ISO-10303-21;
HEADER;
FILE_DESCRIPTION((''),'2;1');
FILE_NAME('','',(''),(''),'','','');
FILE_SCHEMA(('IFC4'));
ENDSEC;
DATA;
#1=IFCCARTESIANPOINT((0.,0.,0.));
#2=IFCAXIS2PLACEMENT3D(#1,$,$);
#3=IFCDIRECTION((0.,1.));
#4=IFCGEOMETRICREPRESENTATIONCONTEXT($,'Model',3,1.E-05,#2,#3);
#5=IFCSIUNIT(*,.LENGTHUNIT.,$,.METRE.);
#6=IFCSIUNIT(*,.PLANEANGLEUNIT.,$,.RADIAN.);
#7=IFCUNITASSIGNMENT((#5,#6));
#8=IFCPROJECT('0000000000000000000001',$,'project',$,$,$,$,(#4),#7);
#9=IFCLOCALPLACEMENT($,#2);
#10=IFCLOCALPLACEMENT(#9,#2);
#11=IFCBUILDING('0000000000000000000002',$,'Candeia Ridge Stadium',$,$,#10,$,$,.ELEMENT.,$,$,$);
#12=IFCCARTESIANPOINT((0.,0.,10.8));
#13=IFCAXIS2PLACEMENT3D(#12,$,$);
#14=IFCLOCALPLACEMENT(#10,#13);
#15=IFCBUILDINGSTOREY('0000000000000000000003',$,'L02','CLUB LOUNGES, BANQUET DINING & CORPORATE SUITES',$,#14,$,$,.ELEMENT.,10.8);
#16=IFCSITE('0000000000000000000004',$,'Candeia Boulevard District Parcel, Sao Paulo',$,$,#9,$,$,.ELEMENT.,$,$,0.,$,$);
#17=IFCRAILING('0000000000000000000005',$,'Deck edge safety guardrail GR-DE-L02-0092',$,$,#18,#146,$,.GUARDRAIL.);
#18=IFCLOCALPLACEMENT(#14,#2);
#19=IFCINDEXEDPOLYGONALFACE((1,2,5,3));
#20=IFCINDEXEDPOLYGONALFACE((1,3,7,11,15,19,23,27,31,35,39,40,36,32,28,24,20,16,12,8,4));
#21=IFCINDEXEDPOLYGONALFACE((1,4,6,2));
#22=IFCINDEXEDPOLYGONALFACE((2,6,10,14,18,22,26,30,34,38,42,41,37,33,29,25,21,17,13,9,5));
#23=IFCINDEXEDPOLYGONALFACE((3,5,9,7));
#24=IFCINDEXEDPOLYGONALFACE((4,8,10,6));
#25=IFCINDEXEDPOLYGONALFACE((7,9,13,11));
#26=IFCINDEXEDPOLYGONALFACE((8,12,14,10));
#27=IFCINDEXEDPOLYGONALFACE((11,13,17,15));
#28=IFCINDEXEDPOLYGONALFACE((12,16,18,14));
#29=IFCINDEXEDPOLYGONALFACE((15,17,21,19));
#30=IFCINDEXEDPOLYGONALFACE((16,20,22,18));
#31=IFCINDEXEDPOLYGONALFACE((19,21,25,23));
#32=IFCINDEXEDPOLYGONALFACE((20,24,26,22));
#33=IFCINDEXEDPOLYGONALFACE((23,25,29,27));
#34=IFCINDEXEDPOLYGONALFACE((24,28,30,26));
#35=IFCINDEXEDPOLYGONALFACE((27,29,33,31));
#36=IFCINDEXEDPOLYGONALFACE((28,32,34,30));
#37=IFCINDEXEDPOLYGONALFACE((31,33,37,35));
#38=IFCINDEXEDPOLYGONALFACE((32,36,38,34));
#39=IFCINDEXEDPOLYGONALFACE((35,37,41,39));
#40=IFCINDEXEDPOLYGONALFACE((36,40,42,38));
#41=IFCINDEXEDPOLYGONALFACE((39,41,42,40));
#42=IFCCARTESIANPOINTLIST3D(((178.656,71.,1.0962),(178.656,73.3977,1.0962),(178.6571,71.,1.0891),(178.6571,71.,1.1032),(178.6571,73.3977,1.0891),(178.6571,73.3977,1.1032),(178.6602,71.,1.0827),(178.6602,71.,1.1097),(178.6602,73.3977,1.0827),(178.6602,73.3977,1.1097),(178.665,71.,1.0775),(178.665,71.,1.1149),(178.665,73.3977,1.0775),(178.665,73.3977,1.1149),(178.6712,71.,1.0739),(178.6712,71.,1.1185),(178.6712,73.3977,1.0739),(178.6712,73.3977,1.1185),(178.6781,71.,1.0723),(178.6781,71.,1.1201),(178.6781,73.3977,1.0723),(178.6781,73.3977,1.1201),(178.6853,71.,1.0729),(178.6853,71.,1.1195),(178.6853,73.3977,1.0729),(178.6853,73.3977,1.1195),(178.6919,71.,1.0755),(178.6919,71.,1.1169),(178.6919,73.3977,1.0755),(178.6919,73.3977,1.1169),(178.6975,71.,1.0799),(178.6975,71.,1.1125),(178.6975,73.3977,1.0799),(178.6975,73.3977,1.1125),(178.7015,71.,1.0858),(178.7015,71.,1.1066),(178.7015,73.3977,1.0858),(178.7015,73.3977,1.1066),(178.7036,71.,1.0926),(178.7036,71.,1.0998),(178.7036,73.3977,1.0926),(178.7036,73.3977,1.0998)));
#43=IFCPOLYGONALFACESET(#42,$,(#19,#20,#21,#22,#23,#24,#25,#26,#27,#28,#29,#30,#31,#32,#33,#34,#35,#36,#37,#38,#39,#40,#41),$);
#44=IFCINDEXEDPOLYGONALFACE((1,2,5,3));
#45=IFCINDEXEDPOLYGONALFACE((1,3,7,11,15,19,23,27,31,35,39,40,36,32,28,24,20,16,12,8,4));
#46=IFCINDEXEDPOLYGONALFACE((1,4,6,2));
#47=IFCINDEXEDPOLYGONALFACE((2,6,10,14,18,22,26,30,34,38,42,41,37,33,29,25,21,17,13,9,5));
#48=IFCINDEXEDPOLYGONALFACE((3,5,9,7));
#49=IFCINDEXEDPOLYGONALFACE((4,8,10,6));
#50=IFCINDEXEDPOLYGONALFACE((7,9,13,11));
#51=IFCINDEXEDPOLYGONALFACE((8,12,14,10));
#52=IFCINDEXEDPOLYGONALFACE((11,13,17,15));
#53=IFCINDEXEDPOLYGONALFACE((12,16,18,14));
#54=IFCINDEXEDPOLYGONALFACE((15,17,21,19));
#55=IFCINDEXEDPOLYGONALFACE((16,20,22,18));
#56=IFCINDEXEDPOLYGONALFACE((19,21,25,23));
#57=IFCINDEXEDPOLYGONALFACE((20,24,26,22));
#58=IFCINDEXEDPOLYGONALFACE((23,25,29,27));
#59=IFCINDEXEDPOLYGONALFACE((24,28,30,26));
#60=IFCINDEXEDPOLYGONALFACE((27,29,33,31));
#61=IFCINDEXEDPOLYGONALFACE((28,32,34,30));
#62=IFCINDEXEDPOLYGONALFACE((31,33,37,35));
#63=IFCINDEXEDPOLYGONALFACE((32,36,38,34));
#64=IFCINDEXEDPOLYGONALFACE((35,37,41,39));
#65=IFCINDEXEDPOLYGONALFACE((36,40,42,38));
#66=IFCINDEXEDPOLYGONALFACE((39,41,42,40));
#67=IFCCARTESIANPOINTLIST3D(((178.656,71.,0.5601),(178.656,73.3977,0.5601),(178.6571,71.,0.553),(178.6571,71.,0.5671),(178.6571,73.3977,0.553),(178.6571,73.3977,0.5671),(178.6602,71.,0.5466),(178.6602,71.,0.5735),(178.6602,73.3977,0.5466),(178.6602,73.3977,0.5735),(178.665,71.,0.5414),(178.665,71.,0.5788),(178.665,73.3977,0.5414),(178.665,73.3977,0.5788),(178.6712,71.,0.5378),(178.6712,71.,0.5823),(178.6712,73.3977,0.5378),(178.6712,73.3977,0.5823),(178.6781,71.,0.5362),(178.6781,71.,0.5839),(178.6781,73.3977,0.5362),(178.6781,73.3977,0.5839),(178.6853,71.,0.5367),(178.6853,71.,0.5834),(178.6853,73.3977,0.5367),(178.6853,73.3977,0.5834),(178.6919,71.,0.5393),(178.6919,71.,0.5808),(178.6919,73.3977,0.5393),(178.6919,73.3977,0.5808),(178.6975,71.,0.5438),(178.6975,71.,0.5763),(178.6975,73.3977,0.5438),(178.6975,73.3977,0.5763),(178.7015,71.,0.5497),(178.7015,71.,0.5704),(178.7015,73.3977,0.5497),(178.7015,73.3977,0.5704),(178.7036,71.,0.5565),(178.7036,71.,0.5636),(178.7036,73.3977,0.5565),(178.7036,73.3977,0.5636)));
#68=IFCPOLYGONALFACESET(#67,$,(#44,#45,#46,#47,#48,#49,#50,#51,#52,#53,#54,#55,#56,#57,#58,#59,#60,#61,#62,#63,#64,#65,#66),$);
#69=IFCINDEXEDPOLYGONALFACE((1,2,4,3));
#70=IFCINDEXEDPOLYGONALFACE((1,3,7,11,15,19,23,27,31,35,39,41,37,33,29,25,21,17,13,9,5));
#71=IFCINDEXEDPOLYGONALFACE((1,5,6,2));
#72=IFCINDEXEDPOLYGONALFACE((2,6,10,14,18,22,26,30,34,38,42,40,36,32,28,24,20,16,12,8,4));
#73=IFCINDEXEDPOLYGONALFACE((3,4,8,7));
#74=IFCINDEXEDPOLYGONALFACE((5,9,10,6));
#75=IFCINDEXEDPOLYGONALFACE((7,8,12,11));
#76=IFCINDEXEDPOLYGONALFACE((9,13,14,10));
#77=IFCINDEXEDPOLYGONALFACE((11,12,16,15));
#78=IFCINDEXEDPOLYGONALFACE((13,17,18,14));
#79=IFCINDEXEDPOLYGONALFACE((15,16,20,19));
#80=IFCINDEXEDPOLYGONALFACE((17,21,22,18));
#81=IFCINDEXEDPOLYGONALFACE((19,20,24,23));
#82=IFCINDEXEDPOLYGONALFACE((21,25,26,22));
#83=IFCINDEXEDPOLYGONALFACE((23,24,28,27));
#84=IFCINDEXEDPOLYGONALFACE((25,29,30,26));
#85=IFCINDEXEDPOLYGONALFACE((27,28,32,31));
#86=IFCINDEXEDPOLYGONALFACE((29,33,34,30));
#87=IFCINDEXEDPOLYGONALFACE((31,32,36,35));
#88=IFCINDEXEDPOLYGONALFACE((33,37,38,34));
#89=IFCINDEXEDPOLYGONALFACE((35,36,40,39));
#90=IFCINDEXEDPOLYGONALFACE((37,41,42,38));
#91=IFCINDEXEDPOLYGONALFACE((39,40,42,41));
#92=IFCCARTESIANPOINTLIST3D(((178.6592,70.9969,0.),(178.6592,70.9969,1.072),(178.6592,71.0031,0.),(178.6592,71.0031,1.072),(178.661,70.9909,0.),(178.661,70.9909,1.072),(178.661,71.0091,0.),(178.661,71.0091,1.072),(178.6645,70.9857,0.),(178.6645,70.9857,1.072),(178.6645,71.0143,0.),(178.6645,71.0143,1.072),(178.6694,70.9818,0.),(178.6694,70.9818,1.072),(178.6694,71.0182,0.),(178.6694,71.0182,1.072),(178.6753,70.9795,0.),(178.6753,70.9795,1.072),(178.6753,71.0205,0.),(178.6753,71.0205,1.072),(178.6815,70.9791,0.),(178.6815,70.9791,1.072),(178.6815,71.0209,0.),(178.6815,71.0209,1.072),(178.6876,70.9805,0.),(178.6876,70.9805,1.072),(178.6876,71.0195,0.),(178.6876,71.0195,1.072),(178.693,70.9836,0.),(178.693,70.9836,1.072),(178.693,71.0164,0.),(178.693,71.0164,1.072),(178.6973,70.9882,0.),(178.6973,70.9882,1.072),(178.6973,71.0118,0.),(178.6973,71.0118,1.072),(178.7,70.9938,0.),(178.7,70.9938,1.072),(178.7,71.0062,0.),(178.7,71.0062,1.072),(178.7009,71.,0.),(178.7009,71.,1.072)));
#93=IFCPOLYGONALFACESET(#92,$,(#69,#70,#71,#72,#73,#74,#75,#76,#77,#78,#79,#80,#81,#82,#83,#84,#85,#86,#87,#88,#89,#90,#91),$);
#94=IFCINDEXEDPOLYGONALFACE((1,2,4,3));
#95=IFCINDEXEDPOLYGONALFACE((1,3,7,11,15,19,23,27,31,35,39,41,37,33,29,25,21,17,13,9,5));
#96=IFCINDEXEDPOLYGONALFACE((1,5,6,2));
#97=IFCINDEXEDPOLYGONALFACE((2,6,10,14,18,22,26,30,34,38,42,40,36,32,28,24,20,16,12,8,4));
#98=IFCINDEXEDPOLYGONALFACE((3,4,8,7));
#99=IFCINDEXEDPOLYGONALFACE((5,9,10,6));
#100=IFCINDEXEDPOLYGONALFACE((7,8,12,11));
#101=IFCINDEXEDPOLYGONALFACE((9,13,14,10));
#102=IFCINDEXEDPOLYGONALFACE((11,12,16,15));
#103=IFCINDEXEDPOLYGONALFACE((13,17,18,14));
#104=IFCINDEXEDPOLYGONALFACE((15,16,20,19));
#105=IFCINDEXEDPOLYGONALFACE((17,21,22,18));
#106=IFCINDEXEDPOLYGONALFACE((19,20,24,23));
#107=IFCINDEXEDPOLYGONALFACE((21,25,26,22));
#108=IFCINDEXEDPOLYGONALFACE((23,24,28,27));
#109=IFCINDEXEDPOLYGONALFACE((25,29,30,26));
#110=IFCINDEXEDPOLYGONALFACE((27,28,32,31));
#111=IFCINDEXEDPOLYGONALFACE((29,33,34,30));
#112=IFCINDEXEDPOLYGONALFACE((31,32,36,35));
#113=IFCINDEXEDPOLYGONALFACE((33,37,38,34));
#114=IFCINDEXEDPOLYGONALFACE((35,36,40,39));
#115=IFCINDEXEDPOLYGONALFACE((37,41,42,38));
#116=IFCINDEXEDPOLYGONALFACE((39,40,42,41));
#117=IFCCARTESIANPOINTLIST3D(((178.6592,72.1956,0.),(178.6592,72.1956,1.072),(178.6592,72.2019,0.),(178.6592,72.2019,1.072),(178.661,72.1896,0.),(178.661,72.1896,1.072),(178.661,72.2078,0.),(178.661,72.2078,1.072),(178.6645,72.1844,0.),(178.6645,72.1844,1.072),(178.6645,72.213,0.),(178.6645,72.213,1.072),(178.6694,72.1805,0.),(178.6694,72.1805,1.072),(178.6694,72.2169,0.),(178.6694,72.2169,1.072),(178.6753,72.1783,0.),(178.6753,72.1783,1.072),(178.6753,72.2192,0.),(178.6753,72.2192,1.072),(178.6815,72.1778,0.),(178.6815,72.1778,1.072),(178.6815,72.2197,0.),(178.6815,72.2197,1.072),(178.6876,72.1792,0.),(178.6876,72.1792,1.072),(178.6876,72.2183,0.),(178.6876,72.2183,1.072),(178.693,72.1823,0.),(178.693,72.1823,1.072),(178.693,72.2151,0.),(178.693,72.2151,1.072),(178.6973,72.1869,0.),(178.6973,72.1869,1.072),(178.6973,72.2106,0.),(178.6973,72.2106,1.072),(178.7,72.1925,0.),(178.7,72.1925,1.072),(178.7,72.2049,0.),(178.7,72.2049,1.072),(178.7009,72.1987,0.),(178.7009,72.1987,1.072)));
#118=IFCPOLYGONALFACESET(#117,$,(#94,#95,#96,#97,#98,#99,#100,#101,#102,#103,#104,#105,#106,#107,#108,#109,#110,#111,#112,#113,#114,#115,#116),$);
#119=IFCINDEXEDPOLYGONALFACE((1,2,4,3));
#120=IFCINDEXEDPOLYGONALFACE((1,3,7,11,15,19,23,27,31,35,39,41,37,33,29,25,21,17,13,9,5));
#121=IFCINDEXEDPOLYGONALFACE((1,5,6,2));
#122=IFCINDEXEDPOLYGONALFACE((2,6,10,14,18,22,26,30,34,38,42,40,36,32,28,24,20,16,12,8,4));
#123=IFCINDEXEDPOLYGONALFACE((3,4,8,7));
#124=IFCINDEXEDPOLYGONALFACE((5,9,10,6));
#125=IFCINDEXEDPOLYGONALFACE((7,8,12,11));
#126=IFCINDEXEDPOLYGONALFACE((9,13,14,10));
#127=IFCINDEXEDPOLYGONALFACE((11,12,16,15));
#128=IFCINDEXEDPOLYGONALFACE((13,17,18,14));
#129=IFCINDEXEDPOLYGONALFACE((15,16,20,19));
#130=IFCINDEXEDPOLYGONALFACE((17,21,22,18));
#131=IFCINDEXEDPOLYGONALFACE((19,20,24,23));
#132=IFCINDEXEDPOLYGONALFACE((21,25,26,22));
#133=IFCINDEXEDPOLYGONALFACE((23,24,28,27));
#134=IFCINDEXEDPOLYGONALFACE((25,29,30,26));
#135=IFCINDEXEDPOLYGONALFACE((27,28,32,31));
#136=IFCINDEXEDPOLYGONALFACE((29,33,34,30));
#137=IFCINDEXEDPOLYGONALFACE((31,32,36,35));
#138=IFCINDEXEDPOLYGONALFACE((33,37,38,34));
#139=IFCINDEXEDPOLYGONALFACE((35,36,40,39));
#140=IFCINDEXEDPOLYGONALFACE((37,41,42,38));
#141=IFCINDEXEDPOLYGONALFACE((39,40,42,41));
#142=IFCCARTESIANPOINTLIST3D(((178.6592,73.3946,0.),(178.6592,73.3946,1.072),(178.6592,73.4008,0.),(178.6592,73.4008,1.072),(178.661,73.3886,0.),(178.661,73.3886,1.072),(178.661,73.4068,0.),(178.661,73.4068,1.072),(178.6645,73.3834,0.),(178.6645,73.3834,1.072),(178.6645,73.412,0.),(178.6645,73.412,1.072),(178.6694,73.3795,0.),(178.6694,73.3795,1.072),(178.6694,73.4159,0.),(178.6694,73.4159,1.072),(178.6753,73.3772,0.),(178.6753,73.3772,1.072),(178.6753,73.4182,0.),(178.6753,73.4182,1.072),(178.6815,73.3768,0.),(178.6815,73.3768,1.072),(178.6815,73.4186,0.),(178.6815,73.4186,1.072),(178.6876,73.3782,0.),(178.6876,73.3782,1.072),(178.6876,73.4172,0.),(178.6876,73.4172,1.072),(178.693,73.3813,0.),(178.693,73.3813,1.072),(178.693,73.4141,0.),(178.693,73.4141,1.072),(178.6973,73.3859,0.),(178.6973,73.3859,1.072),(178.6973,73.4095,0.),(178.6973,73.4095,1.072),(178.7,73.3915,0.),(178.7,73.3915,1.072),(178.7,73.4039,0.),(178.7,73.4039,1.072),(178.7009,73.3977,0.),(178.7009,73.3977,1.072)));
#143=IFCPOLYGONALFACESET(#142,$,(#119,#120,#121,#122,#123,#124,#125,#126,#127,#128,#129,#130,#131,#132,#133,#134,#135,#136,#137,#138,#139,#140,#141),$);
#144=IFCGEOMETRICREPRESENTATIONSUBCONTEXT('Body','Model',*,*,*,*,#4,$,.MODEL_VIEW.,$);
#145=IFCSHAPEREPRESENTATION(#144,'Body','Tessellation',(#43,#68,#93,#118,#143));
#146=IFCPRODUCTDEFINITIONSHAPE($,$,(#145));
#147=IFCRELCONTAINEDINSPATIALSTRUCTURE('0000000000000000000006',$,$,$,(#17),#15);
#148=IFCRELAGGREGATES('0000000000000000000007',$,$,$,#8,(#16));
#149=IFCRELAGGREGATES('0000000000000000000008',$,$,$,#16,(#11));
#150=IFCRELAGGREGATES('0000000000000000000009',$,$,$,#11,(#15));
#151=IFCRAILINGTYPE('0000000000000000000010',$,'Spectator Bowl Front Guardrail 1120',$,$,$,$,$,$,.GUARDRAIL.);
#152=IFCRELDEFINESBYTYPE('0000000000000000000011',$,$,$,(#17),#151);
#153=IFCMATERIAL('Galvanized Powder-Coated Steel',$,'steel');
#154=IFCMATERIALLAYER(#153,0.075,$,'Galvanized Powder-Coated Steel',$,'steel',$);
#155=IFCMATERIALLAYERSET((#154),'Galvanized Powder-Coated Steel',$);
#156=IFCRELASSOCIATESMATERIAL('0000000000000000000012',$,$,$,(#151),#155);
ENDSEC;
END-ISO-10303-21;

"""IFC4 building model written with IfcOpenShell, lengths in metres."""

from ifc_helpers import new_model, si_unit, direction, frame, origin, origin_2d, place, context, subcontext, project, spatial, circle, extrude, material, layer, layer_set, type_object, element, save


model = new_model("IFC4")

# Units and contexts
model_context = context("Model", 3, precision=1e-05, world=origin(), true_north=direction((0.0, 1.0)))
body_context = subcontext(model_context, "Body", "Model", "MODEL_VIEW")
ifc_project = project(units=[si_unit("LENGTHUNIT", "METRE"), si_unit("PLANEANGLEUNIT", "RADIAN")], contexts=[model_context])

# Site, building, storey
site_placement = place(None, origin())
site = spatial("IfcSite", under=ifc_project, at=site_placement, Name="Candeia Boulevard District Parcel, Sao Paulo", CompositionType="ELEMENT", RefElevation=0.0)
building_placement = place(site_placement, origin())
building = spatial("IfcBuilding", under=site, at=building_placement, Name="Candeia Ridge Stadium", CompositionType="ELEMENT")
storey_placement = place(building_placement, frame((0.0, 0.0, 10.8)))
storey = spatial("IfcBuildingStorey", under=building, at=storey_placement, Name="L02", Description="CLUB LOUNGES, BANQUET DINING & CORPORATE SUITES", CompositionType="ELEMENT", Elevation=10.8)

# Railing
ifc_material_1 = material(Name="Galvanized Powder-Coated Steel", Category="steel")
ifc_layer_1 = layer(ifc_material_1, 0.075, Name="Galvanized Powder-Coated Steel", Category="steel")
ifc_layer_set_1 = layer_set([ifc_layer_1], Name="Galvanized Powder-Coated Steel")
railing_type_1 = type_object("IfcRailingType", Name="Spectator Bowl Front Guardrail 1120", PredefinedType="GUARDRAIL", material=ifc_layer_set_1)
railing_1_placement = place(storey_placement, frame((178.6799, 71.0, 0.0)))
element("IfcRailing", 1, at=railing_1_placement, inside=storey, type_object=railing_type_1, Name="Deck edge safety guardrail GR-DE-L02-0092", PredefinedType="GUARDRAIL", context=body_context, shape_type="SweptSolid", body=[
    extrude(circle(Radius=0.0239, at=origin_2d()), frame((0.0, 0.0, 1.0962), z_axis=(0.0, 1.0, 0.0), x_axis=(-1.0, 0.0, 0.0)), (0.0, 0.0, 1.0), 2.3977),
    extrude(circle(Radius=0.0239, at=origin_2d()), frame((0.0, 0.0, 0.5601), z_axis=(0.0, 1.0, 0.0), x_axis=(-1.0, 0.0, 0.0)), (0.0, 0.0, 1.0), 2.3977),
    extrude(circle(Radius=0.021, at=origin_2d()), origin(), (0.0, 0.0, 1.0), 1.072),
    extrude(circle(Radius=0.021, at=origin_2d()), frame((0.0, 1.1987, 0.0)), (0.0, 0.0, 1.0), 1.072),
    extrude(circle(Radius=0.021, at=origin_2d()), frame((0.0, 2.3977, 0.0)), (0.0, 0.0, 1.0), 1.072),
])

save(model, "model.ifc")
